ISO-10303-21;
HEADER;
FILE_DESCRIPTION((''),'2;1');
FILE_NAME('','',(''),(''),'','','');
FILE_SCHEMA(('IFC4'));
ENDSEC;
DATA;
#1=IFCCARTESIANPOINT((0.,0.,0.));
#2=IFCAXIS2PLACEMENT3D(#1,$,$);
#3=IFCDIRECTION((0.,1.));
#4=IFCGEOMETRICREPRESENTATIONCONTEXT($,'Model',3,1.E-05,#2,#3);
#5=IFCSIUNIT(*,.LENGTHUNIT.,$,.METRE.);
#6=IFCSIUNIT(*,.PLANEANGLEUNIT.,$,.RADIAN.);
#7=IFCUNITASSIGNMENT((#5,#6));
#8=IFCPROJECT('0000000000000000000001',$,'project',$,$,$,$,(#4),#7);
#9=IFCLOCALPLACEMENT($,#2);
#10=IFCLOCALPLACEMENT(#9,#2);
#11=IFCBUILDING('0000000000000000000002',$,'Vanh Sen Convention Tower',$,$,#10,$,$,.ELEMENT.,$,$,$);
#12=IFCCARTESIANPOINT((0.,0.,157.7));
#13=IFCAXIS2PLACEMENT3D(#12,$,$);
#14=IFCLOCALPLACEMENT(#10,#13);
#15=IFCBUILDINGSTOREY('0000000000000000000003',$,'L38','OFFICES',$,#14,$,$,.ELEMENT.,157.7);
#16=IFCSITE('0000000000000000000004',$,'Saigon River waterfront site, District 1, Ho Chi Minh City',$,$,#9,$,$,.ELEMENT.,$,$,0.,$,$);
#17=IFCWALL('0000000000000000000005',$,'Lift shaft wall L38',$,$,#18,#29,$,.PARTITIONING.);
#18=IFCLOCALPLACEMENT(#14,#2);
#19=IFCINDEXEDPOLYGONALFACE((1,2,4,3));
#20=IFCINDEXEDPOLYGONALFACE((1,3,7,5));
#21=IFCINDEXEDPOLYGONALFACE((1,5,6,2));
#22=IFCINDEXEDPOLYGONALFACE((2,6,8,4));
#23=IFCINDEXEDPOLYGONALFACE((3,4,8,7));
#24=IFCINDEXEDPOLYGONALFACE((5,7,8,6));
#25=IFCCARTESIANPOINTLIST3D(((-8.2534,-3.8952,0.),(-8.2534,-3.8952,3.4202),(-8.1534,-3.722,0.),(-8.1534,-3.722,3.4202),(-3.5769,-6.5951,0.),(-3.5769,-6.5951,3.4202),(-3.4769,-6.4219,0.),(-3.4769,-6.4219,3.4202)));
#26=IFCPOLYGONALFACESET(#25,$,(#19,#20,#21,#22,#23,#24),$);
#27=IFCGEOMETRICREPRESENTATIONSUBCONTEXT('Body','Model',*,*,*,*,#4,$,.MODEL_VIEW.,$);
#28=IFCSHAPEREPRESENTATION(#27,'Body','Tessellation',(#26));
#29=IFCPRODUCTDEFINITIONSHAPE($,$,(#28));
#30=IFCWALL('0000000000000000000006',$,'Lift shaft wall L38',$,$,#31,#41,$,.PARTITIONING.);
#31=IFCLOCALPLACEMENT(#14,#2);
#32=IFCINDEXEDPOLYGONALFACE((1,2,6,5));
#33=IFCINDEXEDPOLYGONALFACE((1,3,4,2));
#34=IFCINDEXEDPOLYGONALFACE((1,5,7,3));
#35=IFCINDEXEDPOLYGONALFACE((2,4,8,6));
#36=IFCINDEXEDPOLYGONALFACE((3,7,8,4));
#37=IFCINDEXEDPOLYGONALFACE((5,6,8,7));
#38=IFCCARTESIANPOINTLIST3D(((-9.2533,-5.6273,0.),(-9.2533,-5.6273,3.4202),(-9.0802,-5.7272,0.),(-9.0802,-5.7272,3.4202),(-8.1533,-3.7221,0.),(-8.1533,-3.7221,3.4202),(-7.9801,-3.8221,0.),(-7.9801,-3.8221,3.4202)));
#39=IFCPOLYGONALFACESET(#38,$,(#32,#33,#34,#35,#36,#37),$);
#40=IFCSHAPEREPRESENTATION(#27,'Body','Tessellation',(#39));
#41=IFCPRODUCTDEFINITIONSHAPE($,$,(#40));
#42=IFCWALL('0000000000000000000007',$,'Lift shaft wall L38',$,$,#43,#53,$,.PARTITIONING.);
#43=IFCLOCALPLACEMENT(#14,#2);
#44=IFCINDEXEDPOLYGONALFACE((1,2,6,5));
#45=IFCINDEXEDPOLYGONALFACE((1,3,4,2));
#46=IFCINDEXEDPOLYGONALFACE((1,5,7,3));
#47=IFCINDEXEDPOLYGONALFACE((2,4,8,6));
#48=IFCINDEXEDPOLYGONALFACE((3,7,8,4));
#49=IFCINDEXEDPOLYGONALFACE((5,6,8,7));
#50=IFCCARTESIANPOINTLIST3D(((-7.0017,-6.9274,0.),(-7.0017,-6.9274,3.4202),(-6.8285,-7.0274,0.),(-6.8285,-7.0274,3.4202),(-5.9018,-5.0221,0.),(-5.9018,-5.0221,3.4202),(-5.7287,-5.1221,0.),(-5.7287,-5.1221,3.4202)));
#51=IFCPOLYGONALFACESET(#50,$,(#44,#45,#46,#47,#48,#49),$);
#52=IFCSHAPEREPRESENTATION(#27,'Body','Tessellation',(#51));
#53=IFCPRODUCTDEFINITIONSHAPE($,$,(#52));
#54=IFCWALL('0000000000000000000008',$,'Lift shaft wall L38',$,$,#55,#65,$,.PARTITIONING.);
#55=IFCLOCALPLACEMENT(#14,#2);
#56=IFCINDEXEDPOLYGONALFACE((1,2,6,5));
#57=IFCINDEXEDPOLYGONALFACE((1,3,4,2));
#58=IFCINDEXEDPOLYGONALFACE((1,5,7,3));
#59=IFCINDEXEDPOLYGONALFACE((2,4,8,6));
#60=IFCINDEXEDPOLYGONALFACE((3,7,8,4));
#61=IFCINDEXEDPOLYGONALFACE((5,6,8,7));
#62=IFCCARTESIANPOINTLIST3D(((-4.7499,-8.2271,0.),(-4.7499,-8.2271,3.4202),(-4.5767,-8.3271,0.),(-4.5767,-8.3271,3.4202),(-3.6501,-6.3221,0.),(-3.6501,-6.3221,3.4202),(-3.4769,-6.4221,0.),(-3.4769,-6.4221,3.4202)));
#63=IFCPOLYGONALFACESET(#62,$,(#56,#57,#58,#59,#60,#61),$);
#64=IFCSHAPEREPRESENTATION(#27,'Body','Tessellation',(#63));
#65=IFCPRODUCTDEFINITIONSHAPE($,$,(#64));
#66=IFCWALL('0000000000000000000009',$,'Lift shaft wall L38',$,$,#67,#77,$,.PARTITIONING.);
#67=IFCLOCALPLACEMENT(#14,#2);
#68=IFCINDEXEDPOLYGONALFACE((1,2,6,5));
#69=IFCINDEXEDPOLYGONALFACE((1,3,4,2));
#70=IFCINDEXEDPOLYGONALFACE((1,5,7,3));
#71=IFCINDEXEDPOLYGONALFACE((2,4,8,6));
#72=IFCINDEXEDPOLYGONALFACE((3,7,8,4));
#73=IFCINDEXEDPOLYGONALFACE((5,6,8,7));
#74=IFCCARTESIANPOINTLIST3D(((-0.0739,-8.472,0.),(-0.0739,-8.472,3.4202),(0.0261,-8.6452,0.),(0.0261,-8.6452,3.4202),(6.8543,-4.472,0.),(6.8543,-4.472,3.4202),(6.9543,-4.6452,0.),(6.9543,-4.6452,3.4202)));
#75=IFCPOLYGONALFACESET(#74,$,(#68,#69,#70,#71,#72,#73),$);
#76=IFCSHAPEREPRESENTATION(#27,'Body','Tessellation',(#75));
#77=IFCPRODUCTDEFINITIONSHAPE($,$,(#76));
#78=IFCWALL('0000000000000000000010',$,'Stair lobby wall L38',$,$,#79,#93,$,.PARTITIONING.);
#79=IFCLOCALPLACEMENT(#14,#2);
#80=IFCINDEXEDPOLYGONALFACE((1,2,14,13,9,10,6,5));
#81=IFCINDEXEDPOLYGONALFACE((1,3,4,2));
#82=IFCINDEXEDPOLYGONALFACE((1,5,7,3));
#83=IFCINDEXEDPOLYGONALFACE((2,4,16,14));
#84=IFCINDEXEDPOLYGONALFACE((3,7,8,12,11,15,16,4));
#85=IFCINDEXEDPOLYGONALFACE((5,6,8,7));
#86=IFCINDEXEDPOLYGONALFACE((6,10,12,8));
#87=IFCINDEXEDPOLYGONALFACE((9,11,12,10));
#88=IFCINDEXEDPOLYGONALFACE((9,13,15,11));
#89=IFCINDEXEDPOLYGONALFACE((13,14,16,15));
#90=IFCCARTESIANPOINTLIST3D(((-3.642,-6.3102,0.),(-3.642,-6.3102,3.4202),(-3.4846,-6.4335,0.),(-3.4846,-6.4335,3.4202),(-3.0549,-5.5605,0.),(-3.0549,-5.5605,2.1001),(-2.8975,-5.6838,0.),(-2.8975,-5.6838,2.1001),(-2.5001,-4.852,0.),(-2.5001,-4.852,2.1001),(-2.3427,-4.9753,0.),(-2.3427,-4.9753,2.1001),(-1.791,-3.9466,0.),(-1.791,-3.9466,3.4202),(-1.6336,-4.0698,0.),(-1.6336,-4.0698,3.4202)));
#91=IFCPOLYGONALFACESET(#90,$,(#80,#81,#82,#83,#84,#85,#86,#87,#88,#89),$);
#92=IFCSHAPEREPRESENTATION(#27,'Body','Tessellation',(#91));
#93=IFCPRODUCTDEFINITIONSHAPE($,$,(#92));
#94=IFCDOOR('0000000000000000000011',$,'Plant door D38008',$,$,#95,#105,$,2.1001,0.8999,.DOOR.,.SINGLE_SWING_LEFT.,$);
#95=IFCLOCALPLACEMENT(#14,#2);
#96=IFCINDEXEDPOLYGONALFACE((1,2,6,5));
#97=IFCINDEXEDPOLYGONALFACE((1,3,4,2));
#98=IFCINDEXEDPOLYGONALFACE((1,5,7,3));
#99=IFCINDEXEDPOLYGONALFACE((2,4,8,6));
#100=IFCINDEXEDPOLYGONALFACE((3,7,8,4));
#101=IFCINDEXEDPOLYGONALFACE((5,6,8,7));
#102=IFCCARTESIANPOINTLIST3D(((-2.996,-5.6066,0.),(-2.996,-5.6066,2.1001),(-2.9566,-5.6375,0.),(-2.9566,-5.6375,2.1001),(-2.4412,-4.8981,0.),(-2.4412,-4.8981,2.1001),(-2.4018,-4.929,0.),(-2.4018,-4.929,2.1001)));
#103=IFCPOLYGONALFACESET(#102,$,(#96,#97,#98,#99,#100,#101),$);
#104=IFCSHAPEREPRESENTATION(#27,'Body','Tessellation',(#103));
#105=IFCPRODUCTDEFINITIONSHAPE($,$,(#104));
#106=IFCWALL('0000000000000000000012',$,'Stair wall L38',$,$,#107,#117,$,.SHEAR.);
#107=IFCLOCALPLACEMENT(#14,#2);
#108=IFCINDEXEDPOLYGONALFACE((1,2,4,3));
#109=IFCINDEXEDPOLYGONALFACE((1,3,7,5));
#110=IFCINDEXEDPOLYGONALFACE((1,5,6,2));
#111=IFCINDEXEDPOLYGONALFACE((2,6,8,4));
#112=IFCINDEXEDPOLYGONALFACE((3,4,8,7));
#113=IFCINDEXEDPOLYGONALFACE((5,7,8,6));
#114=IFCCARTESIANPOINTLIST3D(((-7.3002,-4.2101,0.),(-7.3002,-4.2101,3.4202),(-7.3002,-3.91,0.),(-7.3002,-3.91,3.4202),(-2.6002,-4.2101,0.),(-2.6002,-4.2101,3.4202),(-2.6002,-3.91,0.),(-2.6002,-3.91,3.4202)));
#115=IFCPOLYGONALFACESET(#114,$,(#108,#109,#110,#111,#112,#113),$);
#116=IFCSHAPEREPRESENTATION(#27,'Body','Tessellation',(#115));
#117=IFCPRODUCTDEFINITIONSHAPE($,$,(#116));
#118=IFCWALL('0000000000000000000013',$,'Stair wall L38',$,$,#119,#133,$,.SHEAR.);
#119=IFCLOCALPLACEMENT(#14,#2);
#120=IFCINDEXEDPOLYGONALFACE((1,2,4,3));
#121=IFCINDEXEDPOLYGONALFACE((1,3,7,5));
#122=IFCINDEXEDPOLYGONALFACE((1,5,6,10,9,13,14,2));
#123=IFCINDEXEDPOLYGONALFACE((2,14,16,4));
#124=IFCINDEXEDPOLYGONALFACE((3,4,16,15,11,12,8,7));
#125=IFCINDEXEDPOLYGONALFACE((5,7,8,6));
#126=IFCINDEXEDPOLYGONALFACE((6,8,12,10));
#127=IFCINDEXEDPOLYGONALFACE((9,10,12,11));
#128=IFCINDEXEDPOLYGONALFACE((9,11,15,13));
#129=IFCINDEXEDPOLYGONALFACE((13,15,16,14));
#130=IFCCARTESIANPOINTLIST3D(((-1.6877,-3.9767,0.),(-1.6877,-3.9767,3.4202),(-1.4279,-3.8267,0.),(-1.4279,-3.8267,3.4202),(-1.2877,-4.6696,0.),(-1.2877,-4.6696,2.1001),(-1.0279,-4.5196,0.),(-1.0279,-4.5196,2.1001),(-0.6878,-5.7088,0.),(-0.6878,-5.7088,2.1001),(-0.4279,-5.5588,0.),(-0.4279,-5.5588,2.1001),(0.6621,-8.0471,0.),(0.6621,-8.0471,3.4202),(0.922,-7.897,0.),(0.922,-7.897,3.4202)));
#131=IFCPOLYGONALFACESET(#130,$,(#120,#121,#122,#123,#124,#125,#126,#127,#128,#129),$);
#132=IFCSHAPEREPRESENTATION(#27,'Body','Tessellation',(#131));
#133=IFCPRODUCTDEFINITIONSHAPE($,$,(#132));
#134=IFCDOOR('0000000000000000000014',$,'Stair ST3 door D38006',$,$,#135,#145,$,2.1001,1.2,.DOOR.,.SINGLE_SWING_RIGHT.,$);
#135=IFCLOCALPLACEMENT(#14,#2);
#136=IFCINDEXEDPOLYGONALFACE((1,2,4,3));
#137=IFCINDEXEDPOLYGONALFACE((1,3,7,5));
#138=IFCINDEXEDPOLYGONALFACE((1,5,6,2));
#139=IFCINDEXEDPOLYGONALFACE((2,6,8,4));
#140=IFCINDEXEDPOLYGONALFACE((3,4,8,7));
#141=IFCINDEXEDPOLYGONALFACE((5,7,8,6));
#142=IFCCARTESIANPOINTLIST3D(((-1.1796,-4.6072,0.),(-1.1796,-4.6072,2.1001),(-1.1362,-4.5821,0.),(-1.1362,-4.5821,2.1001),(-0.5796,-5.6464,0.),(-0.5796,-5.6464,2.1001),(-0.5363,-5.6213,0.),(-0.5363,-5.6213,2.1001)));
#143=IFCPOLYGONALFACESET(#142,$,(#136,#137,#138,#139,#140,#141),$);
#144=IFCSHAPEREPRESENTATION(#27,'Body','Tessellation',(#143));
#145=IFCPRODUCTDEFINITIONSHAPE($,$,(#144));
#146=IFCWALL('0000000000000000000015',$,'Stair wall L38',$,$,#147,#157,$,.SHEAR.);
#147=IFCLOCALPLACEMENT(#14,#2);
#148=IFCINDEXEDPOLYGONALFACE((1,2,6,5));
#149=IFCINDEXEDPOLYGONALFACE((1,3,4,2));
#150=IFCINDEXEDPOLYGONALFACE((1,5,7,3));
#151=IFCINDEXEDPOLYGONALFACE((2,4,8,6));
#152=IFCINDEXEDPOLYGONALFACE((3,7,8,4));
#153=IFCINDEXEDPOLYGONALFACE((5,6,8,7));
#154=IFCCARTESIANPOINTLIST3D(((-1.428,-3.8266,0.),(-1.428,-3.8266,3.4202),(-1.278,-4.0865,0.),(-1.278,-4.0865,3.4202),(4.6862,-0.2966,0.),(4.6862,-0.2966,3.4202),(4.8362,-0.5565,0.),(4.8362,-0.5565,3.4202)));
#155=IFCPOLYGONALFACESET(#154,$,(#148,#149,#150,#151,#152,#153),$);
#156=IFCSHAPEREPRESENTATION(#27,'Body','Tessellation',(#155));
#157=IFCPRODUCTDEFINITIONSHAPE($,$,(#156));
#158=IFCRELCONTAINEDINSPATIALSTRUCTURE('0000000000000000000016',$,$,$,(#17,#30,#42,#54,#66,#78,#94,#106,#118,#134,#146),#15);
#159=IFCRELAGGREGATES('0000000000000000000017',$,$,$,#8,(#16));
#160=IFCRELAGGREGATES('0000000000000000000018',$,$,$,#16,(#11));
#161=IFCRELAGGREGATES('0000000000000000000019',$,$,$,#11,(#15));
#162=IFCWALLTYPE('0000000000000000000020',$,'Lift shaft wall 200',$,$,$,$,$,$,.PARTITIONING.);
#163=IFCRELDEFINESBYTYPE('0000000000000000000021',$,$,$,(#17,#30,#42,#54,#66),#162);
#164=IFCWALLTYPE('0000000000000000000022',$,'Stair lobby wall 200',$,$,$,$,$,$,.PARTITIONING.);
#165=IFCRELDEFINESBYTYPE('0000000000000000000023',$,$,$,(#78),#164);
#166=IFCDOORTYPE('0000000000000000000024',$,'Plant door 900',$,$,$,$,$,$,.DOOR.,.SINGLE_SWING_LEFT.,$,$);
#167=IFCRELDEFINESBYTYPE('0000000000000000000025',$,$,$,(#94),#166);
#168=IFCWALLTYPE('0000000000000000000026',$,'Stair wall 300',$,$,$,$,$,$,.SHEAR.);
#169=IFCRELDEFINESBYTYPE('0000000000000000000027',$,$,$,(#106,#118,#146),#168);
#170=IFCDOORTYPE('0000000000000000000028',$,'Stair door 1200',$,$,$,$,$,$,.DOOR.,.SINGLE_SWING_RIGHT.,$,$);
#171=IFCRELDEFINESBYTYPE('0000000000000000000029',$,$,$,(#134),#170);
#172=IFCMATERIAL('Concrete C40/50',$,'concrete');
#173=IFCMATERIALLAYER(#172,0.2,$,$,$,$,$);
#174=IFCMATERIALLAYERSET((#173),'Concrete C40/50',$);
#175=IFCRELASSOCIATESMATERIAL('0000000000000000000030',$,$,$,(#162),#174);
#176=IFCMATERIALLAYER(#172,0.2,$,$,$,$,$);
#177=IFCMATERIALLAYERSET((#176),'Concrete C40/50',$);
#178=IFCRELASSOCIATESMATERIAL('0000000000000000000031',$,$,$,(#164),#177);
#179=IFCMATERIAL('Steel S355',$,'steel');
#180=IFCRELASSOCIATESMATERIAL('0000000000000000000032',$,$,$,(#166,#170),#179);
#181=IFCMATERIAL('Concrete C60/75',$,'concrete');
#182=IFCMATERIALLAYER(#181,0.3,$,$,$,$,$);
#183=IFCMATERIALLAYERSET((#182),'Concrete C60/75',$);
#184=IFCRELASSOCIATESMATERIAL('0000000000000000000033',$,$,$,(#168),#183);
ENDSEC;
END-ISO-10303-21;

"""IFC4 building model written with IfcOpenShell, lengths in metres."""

from ifc_helpers import new_model, si_unit, direction, frame, frame_2d, origin, place, context, subcontext, project, spatial, rectangle, extrude, material, layer, layer_set, type_object, element, fill, save


model = new_model("IFC4")

# Units and contexts
model_context = context("Model", 3, precision=1e-05, world=origin(), true_north=direction((0.0, 1.0)))
body_context = subcontext(model_context, "Body", "Model", "MODEL_VIEW")
ifc_project = project(units=[si_unit("LENGTHUNIT", "METRE"), si_unit("PLANEANGLEUNIT", "RADIAN")], contexts=[model_context])

# Site, building, storey
site_placement = place(None, origin())
site = spatial("IfcSite", under=ifc_project, at=site_placement, Name="Saigon River waterfront site, District 1, Ho Chi Minh City", CompositionType="ELEMENT", RefElevation=0.0)
building_placement = place(site_placement, origin())
building = spatial("IfcBuilding", under=site, at=building_placement, Name="Vanh Sen Convention Tower", CompositionType="ELEMENT")
storey_placement = place(building_placement, frame((0.0, 0.0, 157.7)))
storey = spatial("IfcBuildingStorey", under=building, at=storey_placement, Name="L38", Description="OFFICES", CompositionType="ELEMENT", Elevation=157.7)

# Shared definitions
ifc_material_1 = material(Name="Steel S355", Category="steel")

# Walls
ifc_material_2 = material(Name="Concrete C40/50", Category="concrete")
ifc_layer_1 = layer(ifc_material_2, 0.2)
ifc_layer_set_1 = layer_set([ifc_layer_1], Name="Concrete C40/50")
wall_type_1 = type_object("IfcWallType", Name="Lift shaft wall 200", PredefinedType="PARTITIONING", material=ifc_layer_set_1)
wall_1_placement = place(storey_placement, frame((-8.2034, -3.8086, 0.0), z_axis=(0.0, 0.0, 1.0), x_axis=(0.866028, -0.499995, 0.0)))
element("IfcWall", 1, at=wall_1_placement, inside=storey, type_object=wall_type_1, Name="Lift shaft wall L38", PredefinedType="PARTITIONING", context=body_context, shape_type="SweptSolid", body=[
    extrude(rectangle(XDim=5.3999, YDim=0.2, at=frame_2d((2.7, 0.0))), origin(), (0.0, 0.0, 1.0), 3.4202),
])
for number, where, z_axis, x_axis, name in (
    (2, (-8.0667, -3.772, 0.0), (0.0, 0.0, 1.0), (-0.50003, -0.866008, 0.0), "Lift shaft wall L38"),
    (3, (-5.8152, -5.072, 0.0), (0.0, 0.0, 1.0), (-0.499947, -0.866056, 0.0), "Lift shaft wall L38"),
):
    element("IfcWall", number, at=place(storey_placement, frame(where, z_axis=z_axis, x_axis=x_axis)), inside=storey, type_object=wall_type_1, Name=name, PredefinedType="PARTITIONING", context=body_context, shape_type="SweptSolid", body=[
        extrude(rectangle(XDim=2.2, YDim=0.2, at=frame_2d((1.1001, 0.0))), origin(), (0.0, 0.0, 1.0), 3.4202),
    ])
wall_2_placement = place(storey_placement, frame((-3.5635, -6.3721, 0.0), z_axis=(0.0, 0.0, 1.0), x_axis=(-0.499995, -0.866028, 0.0)))
element("IfcWall", 4, at=wall_2_placement, inside=storey, type_object=wall_type_1, Name="Lift shaft wall L38", PredefinedType="PARTITIONING", context=body_context, shape_type="SweptSolid", body=[
    extrude(rectangle(XDim=2.1997, YDim=0.2, at=frame_2d((1.0999, 0.0))), origin(), (0.0, 0.0, 1.0), 3.4202),
])
wall_3_placement = place(storey_placement, frame((-0.0239, -8.5586, 0.0), z_axis=(0.0, 0.0, 1.0), x_axis=(0.866026, 0.499999, 0.0)))
element("IfcWall", 5, at=wall_3_placement, inside=storey, type_object=wall_type_1, Name="Lift shaft wall L38", PredefinedType="PARTITIONING", context=body_context, shape_type="SweptSolid", body=[
    extrude(rectangle(XDim=8.0, YDim=0.2, at=frame_2d((4.0, 0.0))), origin(), (0.0, 0.0, 1.0), 3.4202),
])

# Wall, opening, door
ifc_layer_2 = layer(ifc_material_2, 0.2)
ifc_layer_set_2 = layer_set([ifc_layer_2], Name="Concrete C40/50")
wall_type_2 = type_object("IfcWallType", Name="Stair lobby wall 200", PredefinedType="PARTITIONING", material=ifc_layer_set_2)
wall_4_placement = place(storey_placement, frame((-1.7124, -4.0083, 0.0), z_axis=(0.0, 0.0, 1.0), x_axis=(-0.616549, -0.787316, 0.0)))
wall_4 = element("IfcWall", 6, at=wall_4_placement, inside=storey, type_object=wall_type_2, Name="Stair lobby wall L38", PredefinedType="PARTITIONING", context=body_context, shape_type="SweptSolid", body=[
    extrude(rectangle(XDim=3.0022, YDim=0.2, at=frame_2d((1.501, 0.0))), origin(), (0.0, 0.0, 1.0), 3.4202),
])
opening_1_placement = place(wall_4_placement, frame((1.1499, 0.0, 0.0)))
opening_1 = element("IfcOpeningElement", 7, at=opening_1_placement, cuts=wall_4, PredefinedType="OPENING", context=body_context, shape_type="SweptSolid", body=[
    extrude(rectangle(XDim=0.8999, YDim=2.1001, at=frame_2d((0.45, 1.05))), frame((0.0, 0.1099, 0.0), z_axis=(0.0, -1.0, 0.0), x_axis=(1.0, 0.0, 0.0)), (0.0, 0.0, 1.0), 0.22),
])
door_type_1 = type_object("IfcDoorType", Name="Plant door 900", OperationType="SINGLE_SWING_LEFT", PredefinedType="DOOR", material=ifc_material_1)
door_1_placement = place(opening_1_placement, origin())
door_1 = element("IfcDoor", 8, at=door_1_placement, inside=storey, type_object=door_type_1, Name="Plant door D38008", OperationType="SINGLE_SWING_LEFT", OverallHeight=2.1001, OverallWidth=0.8999, PredefinedType="DOOR", context=body_context, shape_type="SweptSolid", body=[
    extrude(rectangle(XDim=0.8999, YDim=2.1001, at=frame_2d((0.45, 1.05))), frame((0.0, 0.0249, 0.0), z_axis=(0.0, -1.0, 0.0), x_axis=(1.0, 0.0, 0.0)), (0.0, 0.0, 1.0), 0.05),
])
fill(opening_1, door_1)

# Wall
ifc_material_3 = material(Name="Concrete C60/75", Category="concrete")
ifc_layer_3 = layer(ifc_material_3, 0.3)
ifc_layer_set_3 = layer_set([ifc_layer_3], Name="Concrete C60/75")
wall_type_3 = type_object("IfcWallType", Name="Stair wall 300", PredefinedType="SHEAR", material=ifc_layer_set_3)
wall_5_placement = place(storey_placement, frame((-2.6001, -4.0601, 0.0), z_axis=(0.0, 0.0, 1.0), x_axis=(-1.0, 0.0, 0.0)))
element("IfcWall", 9, at=wall_5_placement, inside=storey, type_object=wall_type_3, Name="Stair wall L38", PredefinedType="SHEAR", context=body_context, shape_type="SweptSolid", body=[
    extrude(rectangle(XDim=4.7, YDim=0.3, at=frame_2d((2.3501, 0.0))), origin(), (0.0, 0.0, 1.0), 3.4202),
])

# Wall, opening, door
wall_6_placement = place(storey_placement, frame((-1.5579, -3.9016, 0.0), z_axis=(0.0, 0.0, 1.0), x_axis=(0.499977, -0.866039, 0.0)))
wall_6 = element("IfcWall", 10, at=wall_6_placement, inside=storey, type_object=wall_type_3, Name="Stair wall L38", PredefinedType="SHEAR", context=body_context, shape_type="SweptSolid", body=[
    extrude(rectangle(XDim=4.7, YDim=0.3, at=frame_2d((2.3501, 0.0))), origin(), (0.0, 0.0, 1.0), 3.4202),
])
opening_2_placement = place(wall_6_placement, frame((0.8, 0.0, 0.0)))
opening_2 = element("IfcOpeningElement", 11, at=opening_2_placement, cuts=wall_6, PredefinedType="OPENING", context=body_context, shape_type="SweptSolid", body=[
    extrude(rectangle(XDim=1.2, YDim=2.1001, at=frame_2d((0.6001, 1.05))), frame((0.0, 0.1599, 0.0), z_axis=(0.0, -1.0, 0.0), x_axis=(1.0, 0.0, 0.0)), (0.0, 0.0, 1.0), 0.3201),
])
door_type_2 = type_object("IfcDoorType", Name="Stair door 1200", OperationType="SINGLE_SWING_RIGHT", PredefinedType="DOOR", material=ifc_material_1)
door_2_placement = place(opening_2_placement, origin())
door_2 = element("IfcDoor", 12, at=door_2_placement, inside=storey, type_object=door_type_2, Name="Stair ST3 door D38006", OperationType="SINGLE_SWING_RIGHT", OverallHeight=2.1001, OverallWidth=1.2, PredefinedType="DOOR", context=body_context, shape_type="SweptSolid", body=[
    extrude(rectangle(XDim=1.2, YDim=2.1001, at=frame_2d((0.6001, 1.05))), frame((0.0, 0.0249, 0.0), z_axis=(0.0, -1.0, 0.0), x_axis=(1.0, 0.0, 0.0)), (0.0, 0.0, 1.0), 0.05),
])
fill(opening_2, door_2)

# Wall
wall_7_placement = place(storey_placement, frame((-1.353, -3.9565, 0.0), z_axis=(0.0, 0.0, 1.0), x_axis=(0.866028, 0.499996, 0.0)))
element("IfcWall", 13, at=wall_7_placement, inside=storey, type_object=wall_type_3, Name="Stair wall L38", PredefinedType="SHEAR", context=body_context, shape_type="SweptSolid", body=[
    extrude(rectangle(XDim=7.0601, YDim=0.3, at=frame_2d((3.53, 0.0))), origin(), (0.0, 0.0, 1.0), 3.4202),
])

save(model, "model.ifc")
